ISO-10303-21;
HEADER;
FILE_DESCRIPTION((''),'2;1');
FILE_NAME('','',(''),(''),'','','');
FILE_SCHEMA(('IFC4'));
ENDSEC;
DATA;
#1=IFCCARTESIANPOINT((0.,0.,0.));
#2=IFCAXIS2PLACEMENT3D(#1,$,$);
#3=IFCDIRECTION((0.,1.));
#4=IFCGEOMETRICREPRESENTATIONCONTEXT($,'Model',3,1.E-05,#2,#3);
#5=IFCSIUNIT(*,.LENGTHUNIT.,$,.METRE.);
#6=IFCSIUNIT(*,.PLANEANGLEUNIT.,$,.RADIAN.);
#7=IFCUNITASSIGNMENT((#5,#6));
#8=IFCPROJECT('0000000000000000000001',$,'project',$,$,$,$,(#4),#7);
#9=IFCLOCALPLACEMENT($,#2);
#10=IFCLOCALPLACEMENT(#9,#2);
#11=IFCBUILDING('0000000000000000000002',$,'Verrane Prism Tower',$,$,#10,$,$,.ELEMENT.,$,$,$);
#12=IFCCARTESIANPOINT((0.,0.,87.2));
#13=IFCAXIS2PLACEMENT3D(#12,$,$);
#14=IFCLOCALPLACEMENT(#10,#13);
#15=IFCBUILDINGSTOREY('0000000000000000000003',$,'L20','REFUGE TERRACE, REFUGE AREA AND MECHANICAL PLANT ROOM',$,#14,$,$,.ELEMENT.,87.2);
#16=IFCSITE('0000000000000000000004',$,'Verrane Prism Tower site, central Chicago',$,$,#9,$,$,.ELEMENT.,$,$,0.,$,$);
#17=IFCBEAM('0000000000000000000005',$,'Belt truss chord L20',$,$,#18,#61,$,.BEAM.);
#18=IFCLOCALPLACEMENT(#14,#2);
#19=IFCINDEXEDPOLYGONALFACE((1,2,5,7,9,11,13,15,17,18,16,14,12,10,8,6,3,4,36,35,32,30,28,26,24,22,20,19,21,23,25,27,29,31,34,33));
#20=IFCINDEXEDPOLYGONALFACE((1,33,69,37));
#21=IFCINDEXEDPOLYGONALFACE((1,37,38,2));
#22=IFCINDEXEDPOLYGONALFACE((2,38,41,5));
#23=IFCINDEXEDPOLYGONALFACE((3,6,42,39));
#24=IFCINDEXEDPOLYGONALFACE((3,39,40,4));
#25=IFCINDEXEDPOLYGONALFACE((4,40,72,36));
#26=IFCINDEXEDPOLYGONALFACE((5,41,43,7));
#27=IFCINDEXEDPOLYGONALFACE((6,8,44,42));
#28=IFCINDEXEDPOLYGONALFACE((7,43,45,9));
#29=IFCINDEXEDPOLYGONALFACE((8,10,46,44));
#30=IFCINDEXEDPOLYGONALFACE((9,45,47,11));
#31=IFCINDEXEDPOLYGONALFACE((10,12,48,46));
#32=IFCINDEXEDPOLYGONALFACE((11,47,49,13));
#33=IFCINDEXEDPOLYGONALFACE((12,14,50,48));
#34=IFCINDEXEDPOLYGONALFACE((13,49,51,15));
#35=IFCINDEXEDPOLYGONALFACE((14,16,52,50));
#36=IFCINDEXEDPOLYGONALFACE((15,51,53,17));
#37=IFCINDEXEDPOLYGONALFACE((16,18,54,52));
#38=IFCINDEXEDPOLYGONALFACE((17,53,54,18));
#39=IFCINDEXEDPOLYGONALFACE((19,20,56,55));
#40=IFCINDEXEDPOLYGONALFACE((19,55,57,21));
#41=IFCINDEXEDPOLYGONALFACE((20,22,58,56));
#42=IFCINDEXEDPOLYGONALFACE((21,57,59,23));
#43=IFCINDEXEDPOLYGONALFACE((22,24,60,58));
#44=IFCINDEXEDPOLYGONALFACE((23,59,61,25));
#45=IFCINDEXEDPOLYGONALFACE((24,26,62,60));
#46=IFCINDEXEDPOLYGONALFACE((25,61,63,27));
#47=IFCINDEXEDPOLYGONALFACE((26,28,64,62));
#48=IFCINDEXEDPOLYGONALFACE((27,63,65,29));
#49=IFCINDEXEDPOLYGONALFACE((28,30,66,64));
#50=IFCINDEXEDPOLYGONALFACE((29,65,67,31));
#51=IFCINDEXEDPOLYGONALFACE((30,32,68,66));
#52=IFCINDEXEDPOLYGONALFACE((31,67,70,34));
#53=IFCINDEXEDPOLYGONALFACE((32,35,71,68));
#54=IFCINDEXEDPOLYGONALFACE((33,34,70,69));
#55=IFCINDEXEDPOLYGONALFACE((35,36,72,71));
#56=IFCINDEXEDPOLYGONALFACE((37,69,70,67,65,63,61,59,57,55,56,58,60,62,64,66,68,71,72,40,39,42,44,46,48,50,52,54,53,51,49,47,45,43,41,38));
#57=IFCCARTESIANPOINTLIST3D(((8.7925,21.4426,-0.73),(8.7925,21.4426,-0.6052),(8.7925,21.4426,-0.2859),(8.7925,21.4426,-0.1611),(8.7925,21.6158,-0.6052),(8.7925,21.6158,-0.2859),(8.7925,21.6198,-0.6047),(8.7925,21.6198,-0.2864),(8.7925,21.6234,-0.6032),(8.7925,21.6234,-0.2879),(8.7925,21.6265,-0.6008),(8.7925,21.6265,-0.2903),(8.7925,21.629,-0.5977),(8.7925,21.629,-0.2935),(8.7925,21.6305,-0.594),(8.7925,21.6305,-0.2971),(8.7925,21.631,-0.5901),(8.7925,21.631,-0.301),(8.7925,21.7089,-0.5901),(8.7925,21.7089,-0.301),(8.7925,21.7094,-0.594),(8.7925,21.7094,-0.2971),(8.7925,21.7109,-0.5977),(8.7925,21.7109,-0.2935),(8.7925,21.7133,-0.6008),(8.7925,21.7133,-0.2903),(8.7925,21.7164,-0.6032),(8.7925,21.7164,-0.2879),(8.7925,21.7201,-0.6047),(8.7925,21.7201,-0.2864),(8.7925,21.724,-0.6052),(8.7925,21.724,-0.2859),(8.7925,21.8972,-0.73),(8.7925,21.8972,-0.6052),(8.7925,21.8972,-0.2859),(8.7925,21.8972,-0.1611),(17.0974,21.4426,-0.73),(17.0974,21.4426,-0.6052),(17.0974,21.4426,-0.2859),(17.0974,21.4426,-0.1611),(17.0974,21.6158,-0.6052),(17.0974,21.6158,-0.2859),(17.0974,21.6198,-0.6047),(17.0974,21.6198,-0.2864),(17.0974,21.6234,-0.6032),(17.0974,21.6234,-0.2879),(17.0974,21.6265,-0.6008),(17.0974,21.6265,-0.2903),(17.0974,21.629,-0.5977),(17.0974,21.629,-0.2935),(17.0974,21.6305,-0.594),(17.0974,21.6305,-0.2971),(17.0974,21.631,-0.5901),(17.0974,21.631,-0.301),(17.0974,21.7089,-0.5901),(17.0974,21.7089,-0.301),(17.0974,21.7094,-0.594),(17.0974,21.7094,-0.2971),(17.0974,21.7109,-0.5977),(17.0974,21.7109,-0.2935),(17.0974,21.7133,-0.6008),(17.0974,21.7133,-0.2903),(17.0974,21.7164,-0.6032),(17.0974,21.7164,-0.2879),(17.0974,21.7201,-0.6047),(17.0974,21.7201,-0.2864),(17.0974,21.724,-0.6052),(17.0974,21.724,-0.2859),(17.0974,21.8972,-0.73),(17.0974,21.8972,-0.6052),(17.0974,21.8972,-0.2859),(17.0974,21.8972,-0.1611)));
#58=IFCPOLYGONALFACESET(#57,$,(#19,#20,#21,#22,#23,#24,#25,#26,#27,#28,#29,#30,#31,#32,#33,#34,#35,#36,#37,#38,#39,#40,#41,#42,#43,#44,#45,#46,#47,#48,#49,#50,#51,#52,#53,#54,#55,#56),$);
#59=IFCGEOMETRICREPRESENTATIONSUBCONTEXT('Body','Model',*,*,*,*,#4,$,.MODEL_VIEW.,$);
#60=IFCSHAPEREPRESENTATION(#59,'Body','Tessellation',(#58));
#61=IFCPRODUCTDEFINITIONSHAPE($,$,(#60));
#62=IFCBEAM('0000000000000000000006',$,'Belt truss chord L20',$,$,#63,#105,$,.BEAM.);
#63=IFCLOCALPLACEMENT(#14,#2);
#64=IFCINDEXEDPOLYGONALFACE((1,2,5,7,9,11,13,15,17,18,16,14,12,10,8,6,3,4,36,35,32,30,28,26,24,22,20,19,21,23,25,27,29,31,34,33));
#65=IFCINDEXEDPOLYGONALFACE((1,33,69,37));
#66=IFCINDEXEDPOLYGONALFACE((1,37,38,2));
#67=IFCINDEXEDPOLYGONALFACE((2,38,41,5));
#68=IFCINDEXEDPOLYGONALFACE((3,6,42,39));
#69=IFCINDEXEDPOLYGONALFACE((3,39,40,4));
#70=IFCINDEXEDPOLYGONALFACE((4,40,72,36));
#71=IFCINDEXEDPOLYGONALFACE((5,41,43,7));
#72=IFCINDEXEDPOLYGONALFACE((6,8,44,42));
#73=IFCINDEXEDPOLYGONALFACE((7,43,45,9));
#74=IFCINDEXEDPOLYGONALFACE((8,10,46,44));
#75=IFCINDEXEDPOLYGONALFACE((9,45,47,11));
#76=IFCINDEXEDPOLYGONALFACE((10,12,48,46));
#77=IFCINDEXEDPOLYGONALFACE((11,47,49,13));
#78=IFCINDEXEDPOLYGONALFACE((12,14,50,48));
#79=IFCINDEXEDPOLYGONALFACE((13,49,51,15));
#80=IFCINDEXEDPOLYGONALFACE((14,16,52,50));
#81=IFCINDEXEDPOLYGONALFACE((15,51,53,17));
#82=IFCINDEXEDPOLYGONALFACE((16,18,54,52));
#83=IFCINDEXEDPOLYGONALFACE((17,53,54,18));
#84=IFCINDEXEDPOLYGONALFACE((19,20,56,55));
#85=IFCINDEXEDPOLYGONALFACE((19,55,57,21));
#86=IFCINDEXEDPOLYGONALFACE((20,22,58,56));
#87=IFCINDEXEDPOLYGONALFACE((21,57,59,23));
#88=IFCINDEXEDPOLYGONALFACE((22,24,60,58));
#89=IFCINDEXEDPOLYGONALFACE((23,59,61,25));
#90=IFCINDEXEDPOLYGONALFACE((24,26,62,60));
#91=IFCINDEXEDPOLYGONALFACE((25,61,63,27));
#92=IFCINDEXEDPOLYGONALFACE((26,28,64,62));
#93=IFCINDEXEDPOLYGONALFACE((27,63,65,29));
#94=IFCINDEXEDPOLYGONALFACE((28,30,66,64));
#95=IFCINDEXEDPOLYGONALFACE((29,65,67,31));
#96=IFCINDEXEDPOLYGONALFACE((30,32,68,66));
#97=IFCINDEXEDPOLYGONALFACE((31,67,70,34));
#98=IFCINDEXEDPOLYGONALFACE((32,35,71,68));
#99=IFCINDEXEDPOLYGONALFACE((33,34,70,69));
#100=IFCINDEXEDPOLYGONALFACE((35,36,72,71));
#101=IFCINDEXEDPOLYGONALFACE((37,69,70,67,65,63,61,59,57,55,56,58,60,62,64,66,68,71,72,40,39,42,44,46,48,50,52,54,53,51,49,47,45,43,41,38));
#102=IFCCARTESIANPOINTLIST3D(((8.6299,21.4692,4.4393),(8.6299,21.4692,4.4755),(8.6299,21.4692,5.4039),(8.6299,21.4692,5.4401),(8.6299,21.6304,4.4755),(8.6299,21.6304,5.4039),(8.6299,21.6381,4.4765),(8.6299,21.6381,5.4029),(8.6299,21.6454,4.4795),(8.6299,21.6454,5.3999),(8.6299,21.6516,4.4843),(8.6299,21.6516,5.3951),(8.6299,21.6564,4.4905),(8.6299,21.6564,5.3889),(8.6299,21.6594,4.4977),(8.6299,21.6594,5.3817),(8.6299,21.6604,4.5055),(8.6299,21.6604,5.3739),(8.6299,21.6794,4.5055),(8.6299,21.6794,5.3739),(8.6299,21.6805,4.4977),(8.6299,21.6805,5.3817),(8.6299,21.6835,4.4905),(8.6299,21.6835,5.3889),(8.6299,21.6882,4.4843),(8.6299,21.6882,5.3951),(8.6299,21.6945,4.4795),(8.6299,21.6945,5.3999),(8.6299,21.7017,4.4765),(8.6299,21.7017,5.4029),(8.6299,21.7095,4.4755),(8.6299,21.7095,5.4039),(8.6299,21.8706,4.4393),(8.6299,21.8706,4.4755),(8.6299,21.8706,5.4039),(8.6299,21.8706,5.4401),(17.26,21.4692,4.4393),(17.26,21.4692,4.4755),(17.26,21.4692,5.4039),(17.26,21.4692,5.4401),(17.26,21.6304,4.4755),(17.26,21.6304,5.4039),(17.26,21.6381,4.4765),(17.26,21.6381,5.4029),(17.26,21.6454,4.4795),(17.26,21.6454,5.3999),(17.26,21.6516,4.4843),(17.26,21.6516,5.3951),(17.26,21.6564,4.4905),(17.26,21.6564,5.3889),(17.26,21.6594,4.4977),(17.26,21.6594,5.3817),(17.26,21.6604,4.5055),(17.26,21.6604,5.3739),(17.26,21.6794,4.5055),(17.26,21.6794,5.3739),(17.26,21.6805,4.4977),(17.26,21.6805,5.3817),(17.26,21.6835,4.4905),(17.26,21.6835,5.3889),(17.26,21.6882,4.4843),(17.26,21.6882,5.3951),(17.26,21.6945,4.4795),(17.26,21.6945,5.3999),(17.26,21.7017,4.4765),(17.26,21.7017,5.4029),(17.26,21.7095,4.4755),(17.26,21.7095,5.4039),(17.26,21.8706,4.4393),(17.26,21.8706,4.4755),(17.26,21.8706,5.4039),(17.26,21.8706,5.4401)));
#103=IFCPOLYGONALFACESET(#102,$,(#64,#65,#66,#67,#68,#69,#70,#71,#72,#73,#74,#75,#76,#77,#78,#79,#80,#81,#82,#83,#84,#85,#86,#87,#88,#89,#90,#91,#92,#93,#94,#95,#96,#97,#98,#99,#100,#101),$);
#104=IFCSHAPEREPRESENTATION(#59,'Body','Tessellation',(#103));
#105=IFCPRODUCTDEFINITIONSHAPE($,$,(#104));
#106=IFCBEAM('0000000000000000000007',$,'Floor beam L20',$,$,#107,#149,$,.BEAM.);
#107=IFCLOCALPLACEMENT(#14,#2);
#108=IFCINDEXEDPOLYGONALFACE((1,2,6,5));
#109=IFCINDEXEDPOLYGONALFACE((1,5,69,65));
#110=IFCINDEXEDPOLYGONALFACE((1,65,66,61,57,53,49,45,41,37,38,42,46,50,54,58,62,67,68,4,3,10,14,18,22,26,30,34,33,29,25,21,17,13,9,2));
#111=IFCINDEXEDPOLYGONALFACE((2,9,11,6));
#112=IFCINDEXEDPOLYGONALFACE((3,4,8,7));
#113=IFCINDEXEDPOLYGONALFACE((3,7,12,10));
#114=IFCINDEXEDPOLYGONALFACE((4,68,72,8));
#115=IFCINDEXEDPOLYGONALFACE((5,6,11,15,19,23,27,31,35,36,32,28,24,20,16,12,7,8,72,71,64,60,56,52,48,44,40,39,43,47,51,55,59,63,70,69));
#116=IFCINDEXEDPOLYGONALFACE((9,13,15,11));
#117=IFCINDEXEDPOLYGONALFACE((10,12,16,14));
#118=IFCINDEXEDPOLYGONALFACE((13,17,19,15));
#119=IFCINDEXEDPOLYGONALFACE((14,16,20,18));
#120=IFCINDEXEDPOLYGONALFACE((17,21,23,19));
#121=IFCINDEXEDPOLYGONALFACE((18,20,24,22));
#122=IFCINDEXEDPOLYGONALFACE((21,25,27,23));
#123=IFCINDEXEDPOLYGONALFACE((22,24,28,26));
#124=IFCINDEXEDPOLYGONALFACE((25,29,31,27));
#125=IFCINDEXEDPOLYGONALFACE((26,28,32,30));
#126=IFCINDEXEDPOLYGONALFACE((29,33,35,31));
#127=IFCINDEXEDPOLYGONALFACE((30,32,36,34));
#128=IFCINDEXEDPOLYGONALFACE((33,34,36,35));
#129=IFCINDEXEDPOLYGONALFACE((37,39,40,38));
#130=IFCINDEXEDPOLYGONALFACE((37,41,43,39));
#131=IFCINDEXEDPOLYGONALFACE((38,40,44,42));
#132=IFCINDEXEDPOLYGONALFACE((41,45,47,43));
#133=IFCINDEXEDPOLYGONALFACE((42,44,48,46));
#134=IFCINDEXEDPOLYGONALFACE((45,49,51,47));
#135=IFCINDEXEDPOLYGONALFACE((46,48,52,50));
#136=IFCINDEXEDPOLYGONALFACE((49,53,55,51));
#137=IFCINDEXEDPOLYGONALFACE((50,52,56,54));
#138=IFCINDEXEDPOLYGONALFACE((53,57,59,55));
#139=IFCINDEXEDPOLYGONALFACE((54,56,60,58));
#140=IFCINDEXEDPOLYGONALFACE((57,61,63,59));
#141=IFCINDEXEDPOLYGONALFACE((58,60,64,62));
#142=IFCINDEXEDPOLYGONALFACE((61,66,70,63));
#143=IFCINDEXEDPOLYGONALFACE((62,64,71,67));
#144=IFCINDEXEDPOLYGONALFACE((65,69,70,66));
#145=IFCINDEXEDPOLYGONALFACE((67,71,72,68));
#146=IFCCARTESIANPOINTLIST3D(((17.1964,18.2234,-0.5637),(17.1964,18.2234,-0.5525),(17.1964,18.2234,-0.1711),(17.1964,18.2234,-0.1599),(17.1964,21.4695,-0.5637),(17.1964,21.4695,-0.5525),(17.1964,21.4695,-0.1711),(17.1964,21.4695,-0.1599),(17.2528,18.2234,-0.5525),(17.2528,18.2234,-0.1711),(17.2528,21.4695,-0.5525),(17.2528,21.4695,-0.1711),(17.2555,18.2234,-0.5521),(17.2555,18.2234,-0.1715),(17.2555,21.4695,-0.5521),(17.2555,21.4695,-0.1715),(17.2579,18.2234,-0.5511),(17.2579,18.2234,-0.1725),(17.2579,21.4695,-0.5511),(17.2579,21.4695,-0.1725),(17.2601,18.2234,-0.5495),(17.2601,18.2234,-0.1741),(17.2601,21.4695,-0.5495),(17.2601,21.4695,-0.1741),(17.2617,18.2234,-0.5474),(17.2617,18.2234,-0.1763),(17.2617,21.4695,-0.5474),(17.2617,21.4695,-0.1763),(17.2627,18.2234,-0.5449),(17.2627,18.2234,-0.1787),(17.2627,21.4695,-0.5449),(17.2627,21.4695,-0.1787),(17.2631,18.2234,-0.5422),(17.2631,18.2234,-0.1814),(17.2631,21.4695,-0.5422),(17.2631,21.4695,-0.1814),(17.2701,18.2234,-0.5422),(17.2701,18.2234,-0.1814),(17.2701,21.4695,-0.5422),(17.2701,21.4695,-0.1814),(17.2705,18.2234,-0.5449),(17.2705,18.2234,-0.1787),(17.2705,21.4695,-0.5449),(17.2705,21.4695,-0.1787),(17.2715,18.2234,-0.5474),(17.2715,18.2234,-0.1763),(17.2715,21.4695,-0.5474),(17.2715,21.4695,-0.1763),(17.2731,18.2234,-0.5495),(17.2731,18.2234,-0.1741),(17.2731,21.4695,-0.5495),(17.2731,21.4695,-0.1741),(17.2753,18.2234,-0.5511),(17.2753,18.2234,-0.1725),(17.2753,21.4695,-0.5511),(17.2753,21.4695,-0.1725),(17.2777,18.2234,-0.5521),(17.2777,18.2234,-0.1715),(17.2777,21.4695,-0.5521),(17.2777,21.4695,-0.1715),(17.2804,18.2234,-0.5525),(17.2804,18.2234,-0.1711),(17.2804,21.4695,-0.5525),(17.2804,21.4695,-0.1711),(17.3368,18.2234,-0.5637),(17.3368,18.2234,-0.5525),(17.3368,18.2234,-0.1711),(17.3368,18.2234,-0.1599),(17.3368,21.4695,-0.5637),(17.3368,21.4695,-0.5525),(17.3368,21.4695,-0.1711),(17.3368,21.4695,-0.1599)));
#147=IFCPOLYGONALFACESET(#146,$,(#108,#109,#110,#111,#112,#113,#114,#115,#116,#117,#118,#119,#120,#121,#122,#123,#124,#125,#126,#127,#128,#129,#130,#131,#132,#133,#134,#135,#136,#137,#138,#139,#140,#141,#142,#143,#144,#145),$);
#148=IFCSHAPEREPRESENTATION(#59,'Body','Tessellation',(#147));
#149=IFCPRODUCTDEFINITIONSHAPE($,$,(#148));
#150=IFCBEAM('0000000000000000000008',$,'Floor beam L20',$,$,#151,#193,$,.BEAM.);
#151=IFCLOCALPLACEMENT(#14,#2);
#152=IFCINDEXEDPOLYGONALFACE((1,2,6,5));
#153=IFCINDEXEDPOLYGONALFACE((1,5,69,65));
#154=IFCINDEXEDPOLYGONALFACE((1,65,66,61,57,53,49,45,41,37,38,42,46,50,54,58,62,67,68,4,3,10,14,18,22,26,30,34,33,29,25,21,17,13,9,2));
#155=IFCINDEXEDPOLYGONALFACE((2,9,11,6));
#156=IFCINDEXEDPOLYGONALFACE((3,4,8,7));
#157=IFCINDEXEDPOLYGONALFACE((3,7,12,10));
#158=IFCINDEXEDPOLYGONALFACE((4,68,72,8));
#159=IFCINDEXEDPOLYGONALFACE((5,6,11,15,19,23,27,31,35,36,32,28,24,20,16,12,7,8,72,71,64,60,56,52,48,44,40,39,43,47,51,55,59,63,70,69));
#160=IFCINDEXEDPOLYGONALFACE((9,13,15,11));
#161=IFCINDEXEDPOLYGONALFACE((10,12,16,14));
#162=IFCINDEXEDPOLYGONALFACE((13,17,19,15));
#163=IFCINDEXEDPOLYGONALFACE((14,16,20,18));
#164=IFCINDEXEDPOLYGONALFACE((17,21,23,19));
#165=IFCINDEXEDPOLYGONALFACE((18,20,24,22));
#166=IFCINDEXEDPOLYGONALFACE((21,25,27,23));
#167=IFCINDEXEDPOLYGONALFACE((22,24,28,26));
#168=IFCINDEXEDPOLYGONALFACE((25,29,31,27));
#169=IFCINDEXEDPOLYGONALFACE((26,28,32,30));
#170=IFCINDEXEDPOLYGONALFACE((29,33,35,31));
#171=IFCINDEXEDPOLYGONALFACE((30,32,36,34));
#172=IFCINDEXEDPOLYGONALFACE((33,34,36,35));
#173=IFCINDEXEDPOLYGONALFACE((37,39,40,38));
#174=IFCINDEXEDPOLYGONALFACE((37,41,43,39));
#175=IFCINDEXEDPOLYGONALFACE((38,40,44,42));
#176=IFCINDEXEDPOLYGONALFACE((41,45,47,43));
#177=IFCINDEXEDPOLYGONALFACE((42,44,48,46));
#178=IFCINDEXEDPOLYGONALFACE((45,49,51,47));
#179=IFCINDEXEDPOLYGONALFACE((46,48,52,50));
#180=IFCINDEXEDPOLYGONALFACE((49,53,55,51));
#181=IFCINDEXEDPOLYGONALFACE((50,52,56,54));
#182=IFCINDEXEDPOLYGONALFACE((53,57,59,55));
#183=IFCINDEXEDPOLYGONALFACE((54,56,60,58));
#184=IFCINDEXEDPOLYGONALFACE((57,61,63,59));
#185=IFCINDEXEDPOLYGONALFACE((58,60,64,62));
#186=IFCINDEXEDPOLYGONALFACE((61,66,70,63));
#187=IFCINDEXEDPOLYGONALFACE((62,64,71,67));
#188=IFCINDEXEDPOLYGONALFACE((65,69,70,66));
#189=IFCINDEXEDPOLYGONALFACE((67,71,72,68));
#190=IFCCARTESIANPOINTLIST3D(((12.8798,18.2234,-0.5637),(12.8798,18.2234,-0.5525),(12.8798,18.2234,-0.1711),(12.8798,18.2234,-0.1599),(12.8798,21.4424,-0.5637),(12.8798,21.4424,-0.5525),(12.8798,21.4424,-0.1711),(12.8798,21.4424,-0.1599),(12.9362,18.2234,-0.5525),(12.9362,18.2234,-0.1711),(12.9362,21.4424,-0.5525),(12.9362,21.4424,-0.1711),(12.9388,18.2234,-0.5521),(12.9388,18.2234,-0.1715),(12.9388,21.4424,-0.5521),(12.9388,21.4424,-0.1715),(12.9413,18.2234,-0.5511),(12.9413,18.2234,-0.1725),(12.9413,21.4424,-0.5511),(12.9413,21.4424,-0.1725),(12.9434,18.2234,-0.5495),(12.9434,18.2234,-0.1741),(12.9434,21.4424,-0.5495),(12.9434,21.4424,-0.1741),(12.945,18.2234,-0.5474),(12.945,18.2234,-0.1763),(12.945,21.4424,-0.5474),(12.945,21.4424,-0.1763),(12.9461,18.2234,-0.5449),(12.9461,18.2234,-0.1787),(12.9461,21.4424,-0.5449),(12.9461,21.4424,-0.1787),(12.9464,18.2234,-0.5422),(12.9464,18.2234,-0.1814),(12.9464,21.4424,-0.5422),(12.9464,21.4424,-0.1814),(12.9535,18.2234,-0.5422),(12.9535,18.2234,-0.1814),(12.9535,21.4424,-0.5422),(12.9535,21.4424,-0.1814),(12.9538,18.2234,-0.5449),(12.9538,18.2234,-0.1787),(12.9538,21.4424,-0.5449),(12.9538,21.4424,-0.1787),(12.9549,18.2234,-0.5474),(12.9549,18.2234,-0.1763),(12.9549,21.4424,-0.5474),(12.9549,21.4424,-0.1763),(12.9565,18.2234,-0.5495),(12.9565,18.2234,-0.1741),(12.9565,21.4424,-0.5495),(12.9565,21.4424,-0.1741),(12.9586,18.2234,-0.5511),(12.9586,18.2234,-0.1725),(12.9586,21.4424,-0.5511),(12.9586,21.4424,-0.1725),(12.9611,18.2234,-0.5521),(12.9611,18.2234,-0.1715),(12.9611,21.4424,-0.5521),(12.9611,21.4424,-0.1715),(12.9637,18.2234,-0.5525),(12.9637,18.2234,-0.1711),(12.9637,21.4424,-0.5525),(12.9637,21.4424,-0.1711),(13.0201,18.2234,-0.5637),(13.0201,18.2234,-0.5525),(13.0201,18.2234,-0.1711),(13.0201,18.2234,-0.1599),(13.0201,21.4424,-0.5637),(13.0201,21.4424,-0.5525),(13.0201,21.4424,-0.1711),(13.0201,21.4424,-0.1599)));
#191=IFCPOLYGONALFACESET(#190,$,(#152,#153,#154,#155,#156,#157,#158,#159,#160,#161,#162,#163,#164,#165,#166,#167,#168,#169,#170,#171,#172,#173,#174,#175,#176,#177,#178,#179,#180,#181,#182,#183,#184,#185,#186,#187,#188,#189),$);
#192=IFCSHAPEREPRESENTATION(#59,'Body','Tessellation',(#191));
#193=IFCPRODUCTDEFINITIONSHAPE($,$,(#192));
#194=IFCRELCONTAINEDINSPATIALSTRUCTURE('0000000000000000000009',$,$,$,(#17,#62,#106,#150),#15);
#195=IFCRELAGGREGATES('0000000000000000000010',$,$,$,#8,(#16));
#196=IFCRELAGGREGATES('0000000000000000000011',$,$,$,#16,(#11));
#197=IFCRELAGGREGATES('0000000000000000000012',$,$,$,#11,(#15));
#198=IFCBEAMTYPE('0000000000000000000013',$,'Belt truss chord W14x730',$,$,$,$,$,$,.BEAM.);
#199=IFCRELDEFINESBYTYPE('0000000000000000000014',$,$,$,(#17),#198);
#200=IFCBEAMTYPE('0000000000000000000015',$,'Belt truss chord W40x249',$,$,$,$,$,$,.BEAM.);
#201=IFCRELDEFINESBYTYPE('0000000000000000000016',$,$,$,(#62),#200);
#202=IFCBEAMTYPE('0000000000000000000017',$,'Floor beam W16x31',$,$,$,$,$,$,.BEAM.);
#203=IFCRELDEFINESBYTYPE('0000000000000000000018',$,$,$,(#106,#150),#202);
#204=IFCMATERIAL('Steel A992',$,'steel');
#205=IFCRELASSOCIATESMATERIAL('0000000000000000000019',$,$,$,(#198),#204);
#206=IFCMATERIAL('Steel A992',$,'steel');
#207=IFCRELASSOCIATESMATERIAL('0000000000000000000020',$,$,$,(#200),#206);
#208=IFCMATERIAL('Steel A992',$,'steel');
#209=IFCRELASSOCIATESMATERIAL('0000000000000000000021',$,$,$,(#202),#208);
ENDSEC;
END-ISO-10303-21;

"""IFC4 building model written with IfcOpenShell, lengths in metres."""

from ifc_helpers import new_model, si_unit, direction, frame, origin, origin_2d, place, context, subcontext, project, spatial, i_section, extrude, material, material_profile, profile_set, type_object, element, save


model = new_model("IFC4")

# Units and contexts
model_context = context("Model", 3, precision=1e-05, world=origin(), true_north=direction((0.0, 1.0)))
body_context = subcontext(model_context, "Body", "Model", "MODEL_VIEW")
ifc_project = project(units=[si_unit("LENGTHUNIT", "METRE"), si_unit("PLANEANGLEUNIT", "RADIAN")], contexts=[model_context])

# Site, building, storey
site_placement = place(None, origin())
site = spatial("IfcSite", under=ifc_project, at=site_placement, Name="Verrane Prism Tower site, central Chicago", CompositionType="ELEMENT", RefElevation=0.0)
building_placement = place(site_placement, origin())
building = spatial("IfcBuilding", under=site, at=building_placement, Name="Verrane Prism Tower", CompositionType="ELEMENT")
storey_placement = place(building_placement, frame((0.0, 0.0, 87.2)))
storey = spatial("IfcBuildingStorey", under=building, at=storey_placement, Name="L20", Description="REFUGE TERRACE, REFUGE AREA AND MECHANICAL PLANT ROOM", CompositionType="ELEMENT", Elevation=87.2)

# Beams
ifc_material_1 = material(Name="Steel A992", Category="steel")
ifc_material_profile_1 = material_profile(ifc_material_1, i_section(OverallWidth=0.4546, OverallDepth=0.5688, WebThickness=0.0779, FlangeThickness=0.1248, FilletRadius=0.0151, at=origin_2d()), Name="W14x730")
ifc_profile_set_1 = profile_set([ifc_material_profile_1], Name="Steel A992")
beam_type_1 = type_object("IfcBeamType", Name="Belt truss chord W14x730", PredefinedType="BEAM", material=ifc_profile_set_1)
beam_1_placement = place(storey_placement, frame((17.0974, 21.6699, -0.4456), z_axis=(-1.0, 0.0, 0.0), x_axis=(0.0, -1.0, 0.0)))
element("IfcBeam", 1, at=beam_1_placement, inside=storey, type_object=beam_type_1, Name="Belt truss chord L20", PredefinedType="BEAM", context=body_context, shape_type="SweptSolid", body=[
    extrude(i_section(OverallWidth=0.4546, OverallDepth=0.5688, WebThickness=0.0779, FlangeThickness=0.1248, FilletRadius=0.0151, at=origin_2d()), origin(), (0.0, 0.0, 1.0), 8.3049),
])
ifc_material_2 = material(Name="Steel A992", Category="steel")
ifc_material_profile_2 = material_profile(ifc_material_2, i_section(OverallWidth=0.4014, OverallDepth=1.0007, WebThickness=0.019, FlangeThickness=0.0361, FilletRadius=0.03, at=origin_2d()), Name="W40x249")
ifc_profile_set_2 = profile_set([ifc_material_profile_2], Name="Steel A992")
beam_type_2 = type_object("IfcBeamType", Name="Belt truss chord W40x249", PredefinedType="BEAM", material=ifc_profile_set_2)
beam_2_placement = place(storey_placement, frame((17.26, 21.6699, 4.9397), z_axis=(-1.0, 0.0, 0.0), x_axis=(0.0, -1.0, 0.0)))
element("IfcBeam", 2, at=beam_2_placement, inside=storey, type_object=beam_type_2, Name="Belt truss chord L20", PredefinedType="BEAM", context=body_context, shape_type="SweptSolid", body=[
    extrude(i_section(OverallWidth=0.4014, OverallDepth=1.0007, WebThickness=0.019, FlangeThickness=0.0361, FilletRadius=0.03, at=origin_2d()), origin(), (0.0, 0.0, 1.0), 8.6301),
])
ifc_material_3 = material(Name="Steel A992", Category="steel")
ifc_material_profile_3 = material_profile(ifc_material_3, i_section(OverallWidth=0.1404, OverallDepth=0.4038, WebThickness=0.0071, FlangeThickness=0.0112, FilletRadius=0.0103, at=origin_2d()), Name="W16x31")
ifc_profile_set_3 = profile_set([ifc_material_profile_3], Name="Steel A992")
beam_type_3 = type_object("IfcBeamType", Name="Floor beam W16x31", PredefinedType="BEAM", material=ifc_profile_set_3)
beam_3_placement = place(storey_placement, frame((17.2666, 18.2234, -0.3618), z_axis=(0.0, 1.0, 0.0), x_axis=(-1.0, 0.0, 0.0)))
element("IfcBeam", 3, at=beam_3_placement, inside=storey, type_object=beam_type_3, Name="Floor beam L20", PredefinedType="BEAM", context=body_context, shape_type="SweptSolid", body=[
    extrude(i_section(OverallWidth=0.1404, OverallDepth=0.4038, WebThickness=0.0071, FlangeThickness=0.0112, FilletRadius=0.0103, at=origin_2d()), origin(), (0.0, 0.0, 1.0), 3.2461),
])
beam_4_placement = place(storey_placement, frame((12.95, 18.2234, -0.3618), z_axis=(0.0, 1.0, 0.0), x_axis=(-1.0, 0.0, 0.0)))
element("IfcBeam", 4, at=beam_4_placement, inside=storey, type_object=beam_type_3, Name="Floor beam L20", PredefinedType="BEAM", context=body_context, shape_type="SweptSolid", body=[
    extrude(i_section(OverallWidth=0.1404, OverallDepth=0.4038, WebThickness=0.0071, FlangeThickness=0.0112, FilletRadius=0.0103, at=origin_2d()), origin(), (0.0, 0.0, 1.0), 3.219),
])

save(model, "model.ifc")
